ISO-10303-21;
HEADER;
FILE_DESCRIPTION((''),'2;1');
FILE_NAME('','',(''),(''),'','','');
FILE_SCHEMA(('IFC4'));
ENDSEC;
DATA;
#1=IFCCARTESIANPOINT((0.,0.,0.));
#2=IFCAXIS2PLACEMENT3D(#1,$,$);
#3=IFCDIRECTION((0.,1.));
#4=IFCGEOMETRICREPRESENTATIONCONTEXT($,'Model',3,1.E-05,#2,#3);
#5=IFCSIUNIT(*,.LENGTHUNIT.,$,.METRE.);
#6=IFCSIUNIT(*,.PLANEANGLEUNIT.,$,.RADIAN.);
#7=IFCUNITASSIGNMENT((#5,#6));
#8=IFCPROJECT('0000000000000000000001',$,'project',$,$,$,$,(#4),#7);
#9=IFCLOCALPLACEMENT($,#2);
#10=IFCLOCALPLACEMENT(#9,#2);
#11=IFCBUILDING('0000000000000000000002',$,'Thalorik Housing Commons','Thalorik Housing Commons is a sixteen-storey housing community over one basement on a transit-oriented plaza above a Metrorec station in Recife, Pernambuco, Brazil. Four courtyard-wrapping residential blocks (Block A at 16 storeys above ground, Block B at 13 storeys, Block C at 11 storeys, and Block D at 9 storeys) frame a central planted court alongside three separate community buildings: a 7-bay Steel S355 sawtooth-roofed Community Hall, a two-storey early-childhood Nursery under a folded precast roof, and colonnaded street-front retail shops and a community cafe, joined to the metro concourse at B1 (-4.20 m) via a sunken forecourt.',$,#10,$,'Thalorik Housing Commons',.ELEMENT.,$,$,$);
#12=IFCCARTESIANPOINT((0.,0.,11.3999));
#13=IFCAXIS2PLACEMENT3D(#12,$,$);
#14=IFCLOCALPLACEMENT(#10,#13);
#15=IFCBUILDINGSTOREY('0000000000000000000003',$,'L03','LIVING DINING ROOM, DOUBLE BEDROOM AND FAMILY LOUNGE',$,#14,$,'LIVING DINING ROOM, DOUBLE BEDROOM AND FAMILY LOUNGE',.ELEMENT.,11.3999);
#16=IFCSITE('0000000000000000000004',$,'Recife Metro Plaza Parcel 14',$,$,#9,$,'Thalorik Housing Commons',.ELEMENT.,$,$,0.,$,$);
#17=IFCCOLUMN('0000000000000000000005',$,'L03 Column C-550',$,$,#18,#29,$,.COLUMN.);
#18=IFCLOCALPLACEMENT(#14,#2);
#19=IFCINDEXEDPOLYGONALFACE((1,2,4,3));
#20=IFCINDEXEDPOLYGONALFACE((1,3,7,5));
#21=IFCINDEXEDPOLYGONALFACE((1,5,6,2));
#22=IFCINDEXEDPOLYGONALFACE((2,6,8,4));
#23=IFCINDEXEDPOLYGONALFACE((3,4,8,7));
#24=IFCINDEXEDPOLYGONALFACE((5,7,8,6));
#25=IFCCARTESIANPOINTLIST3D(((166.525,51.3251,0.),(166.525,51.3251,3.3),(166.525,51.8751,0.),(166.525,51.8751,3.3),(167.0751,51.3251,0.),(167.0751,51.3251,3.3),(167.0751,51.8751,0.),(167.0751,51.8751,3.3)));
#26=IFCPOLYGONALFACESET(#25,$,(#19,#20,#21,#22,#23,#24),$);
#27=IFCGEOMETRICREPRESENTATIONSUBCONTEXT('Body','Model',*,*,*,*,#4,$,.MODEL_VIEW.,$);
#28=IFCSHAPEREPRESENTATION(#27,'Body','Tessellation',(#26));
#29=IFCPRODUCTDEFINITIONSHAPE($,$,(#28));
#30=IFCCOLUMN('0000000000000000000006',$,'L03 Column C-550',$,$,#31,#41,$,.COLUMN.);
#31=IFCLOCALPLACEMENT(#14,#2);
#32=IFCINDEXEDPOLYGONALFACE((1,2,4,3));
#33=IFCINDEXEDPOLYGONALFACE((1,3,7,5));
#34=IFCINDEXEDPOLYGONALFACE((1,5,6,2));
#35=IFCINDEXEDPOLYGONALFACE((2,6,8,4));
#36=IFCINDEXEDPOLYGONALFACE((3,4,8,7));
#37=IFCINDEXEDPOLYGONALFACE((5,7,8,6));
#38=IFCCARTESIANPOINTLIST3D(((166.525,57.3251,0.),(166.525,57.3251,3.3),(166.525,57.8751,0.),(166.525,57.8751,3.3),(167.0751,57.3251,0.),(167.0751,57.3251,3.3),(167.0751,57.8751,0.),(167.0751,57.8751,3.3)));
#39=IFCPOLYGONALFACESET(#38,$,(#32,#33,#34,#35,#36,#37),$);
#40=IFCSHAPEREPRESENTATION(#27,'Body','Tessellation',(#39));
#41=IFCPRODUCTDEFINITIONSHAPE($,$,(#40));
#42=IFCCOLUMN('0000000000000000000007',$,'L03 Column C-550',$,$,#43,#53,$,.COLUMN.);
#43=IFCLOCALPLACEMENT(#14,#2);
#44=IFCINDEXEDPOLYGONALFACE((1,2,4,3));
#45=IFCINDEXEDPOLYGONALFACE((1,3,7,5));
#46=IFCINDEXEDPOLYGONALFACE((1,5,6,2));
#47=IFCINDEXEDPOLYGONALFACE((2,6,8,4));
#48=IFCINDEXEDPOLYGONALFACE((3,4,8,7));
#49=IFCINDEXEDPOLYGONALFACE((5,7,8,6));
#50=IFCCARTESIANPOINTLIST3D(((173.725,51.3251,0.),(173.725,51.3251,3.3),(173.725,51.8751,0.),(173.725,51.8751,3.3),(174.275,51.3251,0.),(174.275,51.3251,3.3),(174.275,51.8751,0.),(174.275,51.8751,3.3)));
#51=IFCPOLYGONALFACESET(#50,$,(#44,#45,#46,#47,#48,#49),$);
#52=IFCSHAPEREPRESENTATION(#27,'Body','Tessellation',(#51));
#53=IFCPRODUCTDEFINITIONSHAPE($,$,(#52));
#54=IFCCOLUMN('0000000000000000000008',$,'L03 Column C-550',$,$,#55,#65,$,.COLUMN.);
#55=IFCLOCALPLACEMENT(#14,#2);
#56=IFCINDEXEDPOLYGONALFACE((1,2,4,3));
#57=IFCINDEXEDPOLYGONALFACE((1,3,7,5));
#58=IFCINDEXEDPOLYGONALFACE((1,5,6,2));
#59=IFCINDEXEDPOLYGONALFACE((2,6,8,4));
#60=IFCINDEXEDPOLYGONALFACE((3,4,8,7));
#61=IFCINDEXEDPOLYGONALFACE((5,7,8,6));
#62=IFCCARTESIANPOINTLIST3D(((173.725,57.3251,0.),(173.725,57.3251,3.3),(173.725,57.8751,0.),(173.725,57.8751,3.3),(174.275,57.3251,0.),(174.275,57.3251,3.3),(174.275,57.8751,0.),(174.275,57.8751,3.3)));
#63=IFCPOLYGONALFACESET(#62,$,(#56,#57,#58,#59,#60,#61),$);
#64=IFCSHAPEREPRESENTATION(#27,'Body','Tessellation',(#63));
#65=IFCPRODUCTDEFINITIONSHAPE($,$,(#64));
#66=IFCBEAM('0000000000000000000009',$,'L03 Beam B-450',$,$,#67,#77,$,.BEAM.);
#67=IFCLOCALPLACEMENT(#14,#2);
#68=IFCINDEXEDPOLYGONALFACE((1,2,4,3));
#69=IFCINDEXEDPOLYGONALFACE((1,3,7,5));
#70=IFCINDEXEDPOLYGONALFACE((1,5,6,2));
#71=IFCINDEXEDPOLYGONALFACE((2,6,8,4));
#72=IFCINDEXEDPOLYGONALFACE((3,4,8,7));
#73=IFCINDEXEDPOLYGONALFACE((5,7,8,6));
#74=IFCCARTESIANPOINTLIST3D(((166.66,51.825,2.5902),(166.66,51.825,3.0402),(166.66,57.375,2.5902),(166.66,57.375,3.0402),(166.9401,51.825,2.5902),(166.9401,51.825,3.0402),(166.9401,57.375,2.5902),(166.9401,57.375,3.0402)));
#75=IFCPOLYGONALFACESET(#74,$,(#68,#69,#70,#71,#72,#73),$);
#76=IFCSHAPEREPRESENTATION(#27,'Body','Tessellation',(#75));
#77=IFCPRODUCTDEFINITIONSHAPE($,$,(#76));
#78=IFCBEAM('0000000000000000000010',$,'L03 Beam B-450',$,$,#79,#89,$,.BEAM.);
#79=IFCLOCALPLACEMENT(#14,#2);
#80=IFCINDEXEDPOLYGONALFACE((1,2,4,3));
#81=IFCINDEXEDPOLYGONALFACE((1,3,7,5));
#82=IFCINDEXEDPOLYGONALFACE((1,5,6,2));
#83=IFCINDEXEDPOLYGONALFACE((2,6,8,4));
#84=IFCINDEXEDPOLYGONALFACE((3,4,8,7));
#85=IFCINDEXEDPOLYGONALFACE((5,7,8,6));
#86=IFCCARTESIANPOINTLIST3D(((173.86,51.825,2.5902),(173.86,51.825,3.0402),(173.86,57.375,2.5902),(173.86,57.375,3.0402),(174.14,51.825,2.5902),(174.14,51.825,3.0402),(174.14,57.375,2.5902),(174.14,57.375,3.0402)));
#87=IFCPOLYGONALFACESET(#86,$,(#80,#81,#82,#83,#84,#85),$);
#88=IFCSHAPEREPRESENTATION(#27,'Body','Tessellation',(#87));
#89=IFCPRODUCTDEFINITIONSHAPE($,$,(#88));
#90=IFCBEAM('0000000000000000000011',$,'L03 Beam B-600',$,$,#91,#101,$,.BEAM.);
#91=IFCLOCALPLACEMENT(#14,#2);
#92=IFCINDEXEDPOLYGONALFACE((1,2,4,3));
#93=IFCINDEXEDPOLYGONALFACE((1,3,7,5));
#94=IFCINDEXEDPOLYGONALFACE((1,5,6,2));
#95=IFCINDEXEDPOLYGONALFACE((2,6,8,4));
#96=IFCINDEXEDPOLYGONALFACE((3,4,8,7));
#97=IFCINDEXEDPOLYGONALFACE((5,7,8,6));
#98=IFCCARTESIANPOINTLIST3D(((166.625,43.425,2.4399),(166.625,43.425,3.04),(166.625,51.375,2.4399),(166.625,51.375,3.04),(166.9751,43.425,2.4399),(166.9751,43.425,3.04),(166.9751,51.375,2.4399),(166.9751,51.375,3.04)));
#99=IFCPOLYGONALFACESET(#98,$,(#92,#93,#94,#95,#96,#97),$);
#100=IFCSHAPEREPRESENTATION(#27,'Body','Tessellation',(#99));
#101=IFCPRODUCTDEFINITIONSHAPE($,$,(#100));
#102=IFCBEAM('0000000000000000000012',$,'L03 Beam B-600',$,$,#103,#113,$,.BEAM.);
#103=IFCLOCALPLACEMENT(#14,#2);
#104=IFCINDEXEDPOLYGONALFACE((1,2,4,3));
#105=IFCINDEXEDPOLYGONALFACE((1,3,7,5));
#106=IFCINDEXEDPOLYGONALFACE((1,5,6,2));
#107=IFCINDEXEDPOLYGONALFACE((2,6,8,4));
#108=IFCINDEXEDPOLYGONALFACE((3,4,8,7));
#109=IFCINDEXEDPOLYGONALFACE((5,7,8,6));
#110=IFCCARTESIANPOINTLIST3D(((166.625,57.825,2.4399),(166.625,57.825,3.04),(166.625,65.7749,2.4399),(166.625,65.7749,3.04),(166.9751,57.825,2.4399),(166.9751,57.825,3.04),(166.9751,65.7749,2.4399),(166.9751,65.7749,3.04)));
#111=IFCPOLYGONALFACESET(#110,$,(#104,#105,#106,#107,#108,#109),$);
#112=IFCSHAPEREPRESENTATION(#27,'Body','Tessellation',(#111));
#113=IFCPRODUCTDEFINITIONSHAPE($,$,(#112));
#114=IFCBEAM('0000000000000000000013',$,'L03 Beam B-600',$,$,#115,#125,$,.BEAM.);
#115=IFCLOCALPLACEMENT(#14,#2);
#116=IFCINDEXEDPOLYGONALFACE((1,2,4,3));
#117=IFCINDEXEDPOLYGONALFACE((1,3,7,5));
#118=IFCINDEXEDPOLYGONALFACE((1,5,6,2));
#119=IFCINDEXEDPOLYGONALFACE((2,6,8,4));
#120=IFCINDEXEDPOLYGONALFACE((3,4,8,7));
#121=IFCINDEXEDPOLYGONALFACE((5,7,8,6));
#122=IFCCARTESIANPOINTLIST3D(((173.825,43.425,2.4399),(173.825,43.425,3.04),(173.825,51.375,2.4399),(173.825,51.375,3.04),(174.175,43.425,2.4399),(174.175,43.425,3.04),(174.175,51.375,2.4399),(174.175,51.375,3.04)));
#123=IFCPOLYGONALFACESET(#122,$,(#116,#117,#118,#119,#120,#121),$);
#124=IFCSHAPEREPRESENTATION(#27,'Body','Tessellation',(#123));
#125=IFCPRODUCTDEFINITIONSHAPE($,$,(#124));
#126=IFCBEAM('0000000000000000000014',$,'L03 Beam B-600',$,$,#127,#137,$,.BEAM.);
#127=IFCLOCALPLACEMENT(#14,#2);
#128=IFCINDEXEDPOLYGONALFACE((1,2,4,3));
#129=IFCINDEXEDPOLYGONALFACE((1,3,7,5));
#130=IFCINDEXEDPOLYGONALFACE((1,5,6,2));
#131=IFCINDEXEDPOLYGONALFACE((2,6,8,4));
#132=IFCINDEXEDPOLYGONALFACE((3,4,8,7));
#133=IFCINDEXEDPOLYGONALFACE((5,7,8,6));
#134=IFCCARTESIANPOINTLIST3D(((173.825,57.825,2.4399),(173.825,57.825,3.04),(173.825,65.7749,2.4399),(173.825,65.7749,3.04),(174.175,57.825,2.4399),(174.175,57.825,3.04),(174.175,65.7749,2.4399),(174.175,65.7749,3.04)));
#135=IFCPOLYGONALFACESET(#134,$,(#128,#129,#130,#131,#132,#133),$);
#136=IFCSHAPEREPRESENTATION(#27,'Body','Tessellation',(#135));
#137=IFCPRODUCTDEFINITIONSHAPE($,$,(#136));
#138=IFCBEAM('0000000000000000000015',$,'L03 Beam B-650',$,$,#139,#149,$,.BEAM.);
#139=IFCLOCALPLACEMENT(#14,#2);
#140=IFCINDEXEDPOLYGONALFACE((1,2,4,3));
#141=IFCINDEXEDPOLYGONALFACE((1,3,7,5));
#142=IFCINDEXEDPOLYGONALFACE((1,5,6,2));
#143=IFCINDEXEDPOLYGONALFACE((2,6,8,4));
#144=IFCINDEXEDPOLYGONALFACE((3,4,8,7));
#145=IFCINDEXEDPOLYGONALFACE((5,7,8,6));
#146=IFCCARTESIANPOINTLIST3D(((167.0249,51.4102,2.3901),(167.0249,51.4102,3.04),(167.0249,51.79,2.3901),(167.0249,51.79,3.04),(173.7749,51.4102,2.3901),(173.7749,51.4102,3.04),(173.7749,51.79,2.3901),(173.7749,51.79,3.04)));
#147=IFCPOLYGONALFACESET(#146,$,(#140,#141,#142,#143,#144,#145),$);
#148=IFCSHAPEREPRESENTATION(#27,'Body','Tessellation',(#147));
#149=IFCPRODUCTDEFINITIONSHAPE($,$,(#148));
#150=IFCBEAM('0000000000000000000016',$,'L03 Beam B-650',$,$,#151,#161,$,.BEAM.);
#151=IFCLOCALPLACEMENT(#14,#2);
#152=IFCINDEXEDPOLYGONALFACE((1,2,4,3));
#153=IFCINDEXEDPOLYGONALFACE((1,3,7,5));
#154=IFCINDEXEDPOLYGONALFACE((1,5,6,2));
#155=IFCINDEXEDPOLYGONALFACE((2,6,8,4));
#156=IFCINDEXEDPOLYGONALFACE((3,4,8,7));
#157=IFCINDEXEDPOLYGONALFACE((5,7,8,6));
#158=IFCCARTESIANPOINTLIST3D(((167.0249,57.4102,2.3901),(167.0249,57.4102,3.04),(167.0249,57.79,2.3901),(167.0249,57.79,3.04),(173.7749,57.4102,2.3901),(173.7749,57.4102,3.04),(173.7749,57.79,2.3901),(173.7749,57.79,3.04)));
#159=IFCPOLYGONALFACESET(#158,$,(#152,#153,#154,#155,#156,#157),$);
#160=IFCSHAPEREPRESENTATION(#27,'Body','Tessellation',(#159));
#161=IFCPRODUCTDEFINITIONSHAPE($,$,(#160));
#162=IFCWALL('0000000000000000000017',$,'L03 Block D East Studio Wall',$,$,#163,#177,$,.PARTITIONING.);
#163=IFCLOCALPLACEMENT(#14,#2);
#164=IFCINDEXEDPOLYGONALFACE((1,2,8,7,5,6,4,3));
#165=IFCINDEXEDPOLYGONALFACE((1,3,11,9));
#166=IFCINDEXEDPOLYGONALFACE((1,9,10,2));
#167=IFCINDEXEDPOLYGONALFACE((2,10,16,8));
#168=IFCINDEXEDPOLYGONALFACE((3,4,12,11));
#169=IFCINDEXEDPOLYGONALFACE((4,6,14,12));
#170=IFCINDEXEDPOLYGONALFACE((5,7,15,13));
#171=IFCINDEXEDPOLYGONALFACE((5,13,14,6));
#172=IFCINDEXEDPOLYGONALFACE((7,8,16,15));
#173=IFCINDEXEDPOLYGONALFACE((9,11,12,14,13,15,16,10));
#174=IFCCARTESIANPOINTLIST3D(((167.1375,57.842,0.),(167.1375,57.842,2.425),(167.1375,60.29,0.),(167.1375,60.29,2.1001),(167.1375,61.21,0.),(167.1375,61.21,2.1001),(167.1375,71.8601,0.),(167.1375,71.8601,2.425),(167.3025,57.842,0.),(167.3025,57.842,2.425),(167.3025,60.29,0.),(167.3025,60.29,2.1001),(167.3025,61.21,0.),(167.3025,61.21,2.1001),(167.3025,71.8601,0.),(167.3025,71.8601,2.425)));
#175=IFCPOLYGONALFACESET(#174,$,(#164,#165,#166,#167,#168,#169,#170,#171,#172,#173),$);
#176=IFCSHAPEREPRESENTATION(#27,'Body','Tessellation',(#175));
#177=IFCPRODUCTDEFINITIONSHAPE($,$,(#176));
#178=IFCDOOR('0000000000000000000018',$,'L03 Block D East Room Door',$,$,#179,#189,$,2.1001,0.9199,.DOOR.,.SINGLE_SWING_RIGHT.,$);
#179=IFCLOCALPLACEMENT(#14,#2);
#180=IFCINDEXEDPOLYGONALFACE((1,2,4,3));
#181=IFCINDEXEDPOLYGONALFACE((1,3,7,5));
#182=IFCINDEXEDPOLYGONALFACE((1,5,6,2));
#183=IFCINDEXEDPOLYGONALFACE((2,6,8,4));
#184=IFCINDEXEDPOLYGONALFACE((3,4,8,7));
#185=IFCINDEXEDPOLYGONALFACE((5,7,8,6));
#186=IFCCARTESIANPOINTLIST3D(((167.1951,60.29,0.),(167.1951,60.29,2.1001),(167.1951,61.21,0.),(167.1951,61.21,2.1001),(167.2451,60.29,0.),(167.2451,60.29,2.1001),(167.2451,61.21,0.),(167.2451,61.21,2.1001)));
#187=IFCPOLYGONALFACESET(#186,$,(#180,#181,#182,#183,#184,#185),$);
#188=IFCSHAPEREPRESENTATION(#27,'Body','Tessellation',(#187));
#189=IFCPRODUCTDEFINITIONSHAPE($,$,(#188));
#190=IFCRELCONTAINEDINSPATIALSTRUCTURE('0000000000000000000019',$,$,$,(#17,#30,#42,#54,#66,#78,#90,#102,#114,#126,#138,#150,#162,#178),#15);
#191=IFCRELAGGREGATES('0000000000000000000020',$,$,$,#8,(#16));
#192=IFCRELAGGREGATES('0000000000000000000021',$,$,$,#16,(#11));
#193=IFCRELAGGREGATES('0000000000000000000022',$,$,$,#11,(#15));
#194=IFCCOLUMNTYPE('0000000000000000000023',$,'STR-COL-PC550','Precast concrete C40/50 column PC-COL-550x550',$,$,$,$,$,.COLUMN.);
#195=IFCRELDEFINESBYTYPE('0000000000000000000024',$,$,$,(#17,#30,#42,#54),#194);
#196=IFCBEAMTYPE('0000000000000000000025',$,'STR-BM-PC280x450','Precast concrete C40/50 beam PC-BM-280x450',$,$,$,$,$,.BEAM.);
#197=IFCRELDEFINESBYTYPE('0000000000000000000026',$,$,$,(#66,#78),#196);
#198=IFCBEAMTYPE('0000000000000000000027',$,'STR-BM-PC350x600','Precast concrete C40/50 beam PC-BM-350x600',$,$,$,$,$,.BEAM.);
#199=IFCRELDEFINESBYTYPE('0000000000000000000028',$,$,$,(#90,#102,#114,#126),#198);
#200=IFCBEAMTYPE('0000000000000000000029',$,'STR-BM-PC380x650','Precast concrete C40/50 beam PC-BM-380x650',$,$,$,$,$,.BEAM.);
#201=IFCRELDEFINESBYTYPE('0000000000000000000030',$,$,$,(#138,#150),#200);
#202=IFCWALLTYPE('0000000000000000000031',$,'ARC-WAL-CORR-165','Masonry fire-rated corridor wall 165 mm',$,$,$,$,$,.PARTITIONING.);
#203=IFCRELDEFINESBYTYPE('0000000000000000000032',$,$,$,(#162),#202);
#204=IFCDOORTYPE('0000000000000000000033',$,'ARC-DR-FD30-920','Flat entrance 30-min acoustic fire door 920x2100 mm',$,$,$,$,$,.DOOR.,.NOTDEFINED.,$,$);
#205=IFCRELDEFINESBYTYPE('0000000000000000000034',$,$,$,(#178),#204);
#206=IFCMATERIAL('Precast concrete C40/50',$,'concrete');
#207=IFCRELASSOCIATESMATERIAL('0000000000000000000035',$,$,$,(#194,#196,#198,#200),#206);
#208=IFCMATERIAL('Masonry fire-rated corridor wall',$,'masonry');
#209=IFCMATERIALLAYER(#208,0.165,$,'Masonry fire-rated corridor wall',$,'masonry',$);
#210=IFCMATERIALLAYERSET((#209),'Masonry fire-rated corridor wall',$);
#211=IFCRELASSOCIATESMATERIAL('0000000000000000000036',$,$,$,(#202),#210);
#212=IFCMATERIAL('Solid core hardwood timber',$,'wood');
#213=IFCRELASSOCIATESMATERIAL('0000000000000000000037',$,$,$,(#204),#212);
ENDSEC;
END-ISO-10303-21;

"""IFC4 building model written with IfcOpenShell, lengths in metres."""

from ifc_helpers import new_model, si_unit, direction, frame, frame_2d, origin, origin_2d, place, context, subcontext, project, spatial, rectangle, extrude, material, layer, layer_set, material_profile, profile_set, type_object, element, fill, save


model = new_model("IFC4")

# Units and contexts
model_context = context("Model", 3, precision=1e-05, world=origin(), true_north=direction((0.0, 1.0)))
body_context = subcontext(model_context, "Body", "Model", "MODEL_VIEW")
ifc_project = project(units=[si_unit("LENGTHUNIT", "METRE"), si_unit("PLANEANGLEUNIT", "RADIAN")], contexts=[model_context])

# Site, building, storey
site_placement = place(None, origin())
site = spatial("IfcSite", under=ifc_project, at=site_placement, Name="Recife Metro Plaza Parcel 14", LongName="Thalorik Housing Commons", CompositionType="ELEMENT", RefElevation=0.0)
building_placement = place(site_placement, origin())
building = spatial("IfcBuilding", under=site, at=building_placement, Name="Thalorik Housing Commons", Description="Thalorik Housing Commons is a sixteen-storey housing community over one basement on a transit-oriented plaza above a Metrorec station in Recife, Pernambuco, Brazil. Four courtyard-wrapping residential blocks (Block A at 16 storeys above ground, Block B at 13 storeys, Block C at 11 storeys, and Block D at 9 storeys) frame a central planted court alongside three separate community buildings: a 7-bay Steel S355 sawtooth-roofed Community Hall, a two-storey early-childhood Nursery under a folded precast roof, and colonnaded street-front retail shops and a community cafe, joined to the metro concourse at B1 (-4.20 m) via a sunken forecourt.", LongName="Thalorik Housing Commons", CompositionType="ELEMENT")
storey_placement = place(building_placement, frame((0.0, 0.0, 11.3999)))
storey = spatial("IfcBuildingStorey", under=building, at=storey_placement, Name="L03", Description="LIVING DINING ROOM, DOUBLE BEDROOM AND FAMILY LOUNGE", LongName="LIVING DINING ROOM, DOUBLE BEDROOM AND FAMILY LOUNGE", CompositionType="ELEMENT", Elevation=11.3999)

# Columns
ifc_material_1 = material(Name="Precast concrete C40/50", Category="concrete")
ifc_material_profile_1 = material_profile(ifc_material_1, rectangle(XDim=0.55, YDim=0.55, at=origin_2d()), Name="PC 550x550", Category="concrete")
ifc_profile_set_1 = profile_set([ifc_material_profile_1], Name="Precast concrete C40/50")
column_type = type_object("IfcColumnType", Name="STR-COL-PC550", Description="Precast concrete C40/50 column PC-COL-550x550", PredefinedType="COLUMN", material=ifc_profile_set_1)
for number, where, z_axis, x_axis, name in (
    (1, (166.8, 51.6001, 0.0), (0.0, 0.0, 1.0), (1.0, 0.0, 0.0), "L03 Column C-550"),
    (2, (166.8, 57.6001, 0.0), (0.0, 0.0, 1.0), (1.0, 0.0, 0.0), "L03 Column C-550"),
    (3, (174.0, 51.6001, 0.0), (0.0, 0.0, 1.0), (1.0, 0.0, 0.0), "L03 Column C-550"),
    (4, (174.0, 57.6001, 0.0), (0.0, 0.0, 1.0), (1.0, 0.0, 0.0), "L03 Column C-550"),
):
    element("IfcColumn", number, at=place(storey_placement, frame(where, z_axis=z_axis, x_axis=x_axis)), inside=storey, type_object=column_type, Name=name, PredefinedType="COLUMN", context=body_context, shape_type="SweptSolid", body=[
        extrude(rectangle(XDim=0.55, YDim=0.55, at=origin_2d()), origin(), (0.0, 0.0, 1.0), 3.3),
    ])

# Beams
ifc_material_profile_2 = material_profile(ifc_material_1, rectangle(XDim=0.28, YDim=0.45, at=origin_2d()), Name="PC 280x450", Category="concrete")
ifc_profile_set_2 = profile_set([ifc_material_profile_2], Name="Precast concrete C40/50")
beam_type_1 = type_object("IfcBeamType", Name="STR-BM-PC280x450", Description="Precast concrete C40/50 beam PC-BM-280x450", PredefinedType="BEAM", material=ifc_profile_set_2)
for number, where, z_axis, x_axis, name in (
    (5, (166.8, 51.825, 2.8152), (0.0, 1.0, 0.0), (-1.0, 0.0, 0.0), "L03 Beam B-450"),
    (6, (174.0, 51.825, 2.8152), (0.0, 1.0, 0.0), (-1.0, 0.0, 0.0), "L03 Beam B-450"),
):
    element("IfcBeam", number, at=place(storey_placement, frame(where, z_axis=z_axis, x_axis=x_axis)), inside=storey, type_object=beam_type_1, Name=name, PredefinedType="BEAM", context=body_context, shape_type="SweptSolid", body=[
        extrude(rectangle(XDim=0.28, YDim=0.45, at=origin_2d()), origin(), (0.0, 0.0, 1.0), 5.55),
    ])
ifc_material_profile_3 = material_profile(ifc_material_1, rectangle(XDim=0.3501, YDim=0.6001, at=origin_2d()), Name="PC 350x600", Category="concrete")
ifc_profile_set_3 = profile_set([ifc_material_profile_3], Name="Precast concrete C40/50")
beam_type_2 = type_object("IfcBeamType", Name="STR-BM-PC350x600", Description="Precast concrete C40/50 beam PC-BM-350x600", PredefinedType="BEAM", material=ifc_profile_set_3)
for number, where, z_axis, x_axis, name in (
    (7, (166.8, 43.425, 2.74), (0.0, 1.0, 0.0), (-1.0, 0.0, 0.0), "L03 Beam B-600"),
    (8, (166.8, 57.825, 2.74), (0.0, 1.0, 0.0), (-1.0, 0.0, 0.0), "L03 Beam B-600"),
    (9, (174.0, 43.425, 2.74), (0.0, 1.0, 0.0), (-1.0, 0.0, 0.0), "L03 Beam B-600"),
    (10, (174.0, 57.825, 2.74), (0.0, 1.0, 0.0), (-1.0, 0.0, 0.0), "L03 Beam B-600"),
):
    element("IfcBeam", number, at=place(storey_placement, frame(where, z_axis=z_axis, x_axis=x_axis)), inside=storey, type_object=beam_type_2, Name=name, PredefinedType="BEAM", context=body_context, shape_type="SweptSolid", body=[
        extrude(rectangle(XDim=0.3501, YDim=0.6001, at=origin_2d()), origin(), (0.0, 0.0, 1.0), 7.95),
    ])
ifc_material_profile_4 = material_profile(ifc_material_1, rectangle(XDim=0.3799, YDim=0.6499, at=origin_2d()), Name="PC 380x650", Category="concrete")
ifc_profile_set_4 = profile_set([ifc_material_profile_4], Name="Precast concrete C40/50")
beam_type_3 = type_object("IfcBeamType", Name="STR-BM-PC380x650", Description="Precast concrete C40/50 beam PC-BM-380x650", PredefinedType="BEAM", material=ifc_profile_set_4)
for number, where, z_axis, x_axis, name in (
    (11, (167.0249, 51.6001, 2.7151), (1.0, 0.0, 0.0), (0.0, 1.0, 0.0), "L03 Beam B-650"),
    (12, (167.0249, 57.6001, 2.7151), (1.0, 0.0, 0.0), (0.0, 1.0, 0.0), "L03 Beam B-650"),
):
    element("IfcBeam", number, at=place(storey_placement, frame(where, z_axis=z_axis, x_axis=x_axis)), inside=storey, type_object=beam_type_3, Name=name, PredefinedType="BEAM", context=body_context, shape_type="SweptSolid", body=[
        extrude(rectangle(XDim=0.3799, YDim=0.6499, at=origin_2d()), origin(), (0.0, 0.0, 1.0), 6.75),
    ])

# Wall, opening, door
ifc_material_2 = material(Name="Masonry fire-rated corridor wall", Category="masonry")
ifc_layer_1 = layer(ifc_material_2, 0.165, Name="Masonry fire-rated corridor wall", Category="masonry")
ifc_layer_set_1 = layer_set([ifc_layer_1], Name="Masonry fire-rated corridor wall")
wall_type_1 = type_object("IfcWallType", Name="ARC-WAL-CORR-165", Description="Masonry fire-rated corridor wall 165 mm", PredefinedType="PARTITIONING", material=ifc_layer_set_1)
wall_1_placement = place(storey_placement, frame((167.22, 57.842, 0.0), z_axis=(0.0, 0.0, 1.0), x_axis=(0.0, 1.0, 0.0)))
wall_1 = element("IfcWall", 13, at=wall_1_placement, inside=storey, type_object=wall_type_1, Name="L03 Block D East Studio Wall", PredefinedType="PARTITIONING", context=body_context, shape_type="SweptSolid", body=[
    extrude(rectangle(XDim=14.0181, YDim=0.165, at=frame_2d((7.009, 0.0))), origin(), (0.0, 0.0, 1.0), 2.425),
])
opening_1_placement = place(wall_1_placement, frame((2.448, 0.0, 0.0)))
opening_1 = element("IfcOpeningElement", 14, at=opening_1_placement, cuts=wall_1, PredefinedType="OPENING", context=body_context, shape_type="SweptSolid", body=[
    extrude(rectangle(XDim=0.9199, YDim=2.1001, at=frame_2d((0.46, 1.05))), frame((0.0, 0.0925, 0.0), z_axis=(0.0, -1.0, 0.0), x_axis=(1.0, 0.0, 0.0)), (0.0, 0.0, 1.0), 0.1851),
])
ifc_material_3 = material(Name="Solid core hardwood timber", Category="wood")
door_type_1 = type_object("IfcDoorType", Name="ARC-DR-FD30-920", Description="Flat entrance 30-min acoustic fire door 920x2100 mm", OperationType="NOTDEFINED", PredefinedType="DOOR", material=ifc_material_3)
door_1_placement = place(opening_1_placement, origin())
door_1 = element("IfcDoor", 15, at=door_1_placement, inside=storey, type_object=door_type_1, Name="L03 Block D East Room Door", OperationType="SINGLE_SWING_RIGHT", OverallHeight=2.1001, OverallWidth=0.9199, PredefinedType="DOOR", context=body_context, shape_type="SweptSolid", body=[
    extrude(rectangle(XDim=0.9199, YDim=2.1001, at=frame_2d((0.46, 1.05))), frame((0.0, 0.0249, 0.0), z_axis=(0.0, -1.0, 0.0), x_axis=(1.0, 0.0, 0.0)), (0.0, 0.0, 1.0), 0.05),
])
fill(opening_1, door_1)

save(model, "model.ifc")
